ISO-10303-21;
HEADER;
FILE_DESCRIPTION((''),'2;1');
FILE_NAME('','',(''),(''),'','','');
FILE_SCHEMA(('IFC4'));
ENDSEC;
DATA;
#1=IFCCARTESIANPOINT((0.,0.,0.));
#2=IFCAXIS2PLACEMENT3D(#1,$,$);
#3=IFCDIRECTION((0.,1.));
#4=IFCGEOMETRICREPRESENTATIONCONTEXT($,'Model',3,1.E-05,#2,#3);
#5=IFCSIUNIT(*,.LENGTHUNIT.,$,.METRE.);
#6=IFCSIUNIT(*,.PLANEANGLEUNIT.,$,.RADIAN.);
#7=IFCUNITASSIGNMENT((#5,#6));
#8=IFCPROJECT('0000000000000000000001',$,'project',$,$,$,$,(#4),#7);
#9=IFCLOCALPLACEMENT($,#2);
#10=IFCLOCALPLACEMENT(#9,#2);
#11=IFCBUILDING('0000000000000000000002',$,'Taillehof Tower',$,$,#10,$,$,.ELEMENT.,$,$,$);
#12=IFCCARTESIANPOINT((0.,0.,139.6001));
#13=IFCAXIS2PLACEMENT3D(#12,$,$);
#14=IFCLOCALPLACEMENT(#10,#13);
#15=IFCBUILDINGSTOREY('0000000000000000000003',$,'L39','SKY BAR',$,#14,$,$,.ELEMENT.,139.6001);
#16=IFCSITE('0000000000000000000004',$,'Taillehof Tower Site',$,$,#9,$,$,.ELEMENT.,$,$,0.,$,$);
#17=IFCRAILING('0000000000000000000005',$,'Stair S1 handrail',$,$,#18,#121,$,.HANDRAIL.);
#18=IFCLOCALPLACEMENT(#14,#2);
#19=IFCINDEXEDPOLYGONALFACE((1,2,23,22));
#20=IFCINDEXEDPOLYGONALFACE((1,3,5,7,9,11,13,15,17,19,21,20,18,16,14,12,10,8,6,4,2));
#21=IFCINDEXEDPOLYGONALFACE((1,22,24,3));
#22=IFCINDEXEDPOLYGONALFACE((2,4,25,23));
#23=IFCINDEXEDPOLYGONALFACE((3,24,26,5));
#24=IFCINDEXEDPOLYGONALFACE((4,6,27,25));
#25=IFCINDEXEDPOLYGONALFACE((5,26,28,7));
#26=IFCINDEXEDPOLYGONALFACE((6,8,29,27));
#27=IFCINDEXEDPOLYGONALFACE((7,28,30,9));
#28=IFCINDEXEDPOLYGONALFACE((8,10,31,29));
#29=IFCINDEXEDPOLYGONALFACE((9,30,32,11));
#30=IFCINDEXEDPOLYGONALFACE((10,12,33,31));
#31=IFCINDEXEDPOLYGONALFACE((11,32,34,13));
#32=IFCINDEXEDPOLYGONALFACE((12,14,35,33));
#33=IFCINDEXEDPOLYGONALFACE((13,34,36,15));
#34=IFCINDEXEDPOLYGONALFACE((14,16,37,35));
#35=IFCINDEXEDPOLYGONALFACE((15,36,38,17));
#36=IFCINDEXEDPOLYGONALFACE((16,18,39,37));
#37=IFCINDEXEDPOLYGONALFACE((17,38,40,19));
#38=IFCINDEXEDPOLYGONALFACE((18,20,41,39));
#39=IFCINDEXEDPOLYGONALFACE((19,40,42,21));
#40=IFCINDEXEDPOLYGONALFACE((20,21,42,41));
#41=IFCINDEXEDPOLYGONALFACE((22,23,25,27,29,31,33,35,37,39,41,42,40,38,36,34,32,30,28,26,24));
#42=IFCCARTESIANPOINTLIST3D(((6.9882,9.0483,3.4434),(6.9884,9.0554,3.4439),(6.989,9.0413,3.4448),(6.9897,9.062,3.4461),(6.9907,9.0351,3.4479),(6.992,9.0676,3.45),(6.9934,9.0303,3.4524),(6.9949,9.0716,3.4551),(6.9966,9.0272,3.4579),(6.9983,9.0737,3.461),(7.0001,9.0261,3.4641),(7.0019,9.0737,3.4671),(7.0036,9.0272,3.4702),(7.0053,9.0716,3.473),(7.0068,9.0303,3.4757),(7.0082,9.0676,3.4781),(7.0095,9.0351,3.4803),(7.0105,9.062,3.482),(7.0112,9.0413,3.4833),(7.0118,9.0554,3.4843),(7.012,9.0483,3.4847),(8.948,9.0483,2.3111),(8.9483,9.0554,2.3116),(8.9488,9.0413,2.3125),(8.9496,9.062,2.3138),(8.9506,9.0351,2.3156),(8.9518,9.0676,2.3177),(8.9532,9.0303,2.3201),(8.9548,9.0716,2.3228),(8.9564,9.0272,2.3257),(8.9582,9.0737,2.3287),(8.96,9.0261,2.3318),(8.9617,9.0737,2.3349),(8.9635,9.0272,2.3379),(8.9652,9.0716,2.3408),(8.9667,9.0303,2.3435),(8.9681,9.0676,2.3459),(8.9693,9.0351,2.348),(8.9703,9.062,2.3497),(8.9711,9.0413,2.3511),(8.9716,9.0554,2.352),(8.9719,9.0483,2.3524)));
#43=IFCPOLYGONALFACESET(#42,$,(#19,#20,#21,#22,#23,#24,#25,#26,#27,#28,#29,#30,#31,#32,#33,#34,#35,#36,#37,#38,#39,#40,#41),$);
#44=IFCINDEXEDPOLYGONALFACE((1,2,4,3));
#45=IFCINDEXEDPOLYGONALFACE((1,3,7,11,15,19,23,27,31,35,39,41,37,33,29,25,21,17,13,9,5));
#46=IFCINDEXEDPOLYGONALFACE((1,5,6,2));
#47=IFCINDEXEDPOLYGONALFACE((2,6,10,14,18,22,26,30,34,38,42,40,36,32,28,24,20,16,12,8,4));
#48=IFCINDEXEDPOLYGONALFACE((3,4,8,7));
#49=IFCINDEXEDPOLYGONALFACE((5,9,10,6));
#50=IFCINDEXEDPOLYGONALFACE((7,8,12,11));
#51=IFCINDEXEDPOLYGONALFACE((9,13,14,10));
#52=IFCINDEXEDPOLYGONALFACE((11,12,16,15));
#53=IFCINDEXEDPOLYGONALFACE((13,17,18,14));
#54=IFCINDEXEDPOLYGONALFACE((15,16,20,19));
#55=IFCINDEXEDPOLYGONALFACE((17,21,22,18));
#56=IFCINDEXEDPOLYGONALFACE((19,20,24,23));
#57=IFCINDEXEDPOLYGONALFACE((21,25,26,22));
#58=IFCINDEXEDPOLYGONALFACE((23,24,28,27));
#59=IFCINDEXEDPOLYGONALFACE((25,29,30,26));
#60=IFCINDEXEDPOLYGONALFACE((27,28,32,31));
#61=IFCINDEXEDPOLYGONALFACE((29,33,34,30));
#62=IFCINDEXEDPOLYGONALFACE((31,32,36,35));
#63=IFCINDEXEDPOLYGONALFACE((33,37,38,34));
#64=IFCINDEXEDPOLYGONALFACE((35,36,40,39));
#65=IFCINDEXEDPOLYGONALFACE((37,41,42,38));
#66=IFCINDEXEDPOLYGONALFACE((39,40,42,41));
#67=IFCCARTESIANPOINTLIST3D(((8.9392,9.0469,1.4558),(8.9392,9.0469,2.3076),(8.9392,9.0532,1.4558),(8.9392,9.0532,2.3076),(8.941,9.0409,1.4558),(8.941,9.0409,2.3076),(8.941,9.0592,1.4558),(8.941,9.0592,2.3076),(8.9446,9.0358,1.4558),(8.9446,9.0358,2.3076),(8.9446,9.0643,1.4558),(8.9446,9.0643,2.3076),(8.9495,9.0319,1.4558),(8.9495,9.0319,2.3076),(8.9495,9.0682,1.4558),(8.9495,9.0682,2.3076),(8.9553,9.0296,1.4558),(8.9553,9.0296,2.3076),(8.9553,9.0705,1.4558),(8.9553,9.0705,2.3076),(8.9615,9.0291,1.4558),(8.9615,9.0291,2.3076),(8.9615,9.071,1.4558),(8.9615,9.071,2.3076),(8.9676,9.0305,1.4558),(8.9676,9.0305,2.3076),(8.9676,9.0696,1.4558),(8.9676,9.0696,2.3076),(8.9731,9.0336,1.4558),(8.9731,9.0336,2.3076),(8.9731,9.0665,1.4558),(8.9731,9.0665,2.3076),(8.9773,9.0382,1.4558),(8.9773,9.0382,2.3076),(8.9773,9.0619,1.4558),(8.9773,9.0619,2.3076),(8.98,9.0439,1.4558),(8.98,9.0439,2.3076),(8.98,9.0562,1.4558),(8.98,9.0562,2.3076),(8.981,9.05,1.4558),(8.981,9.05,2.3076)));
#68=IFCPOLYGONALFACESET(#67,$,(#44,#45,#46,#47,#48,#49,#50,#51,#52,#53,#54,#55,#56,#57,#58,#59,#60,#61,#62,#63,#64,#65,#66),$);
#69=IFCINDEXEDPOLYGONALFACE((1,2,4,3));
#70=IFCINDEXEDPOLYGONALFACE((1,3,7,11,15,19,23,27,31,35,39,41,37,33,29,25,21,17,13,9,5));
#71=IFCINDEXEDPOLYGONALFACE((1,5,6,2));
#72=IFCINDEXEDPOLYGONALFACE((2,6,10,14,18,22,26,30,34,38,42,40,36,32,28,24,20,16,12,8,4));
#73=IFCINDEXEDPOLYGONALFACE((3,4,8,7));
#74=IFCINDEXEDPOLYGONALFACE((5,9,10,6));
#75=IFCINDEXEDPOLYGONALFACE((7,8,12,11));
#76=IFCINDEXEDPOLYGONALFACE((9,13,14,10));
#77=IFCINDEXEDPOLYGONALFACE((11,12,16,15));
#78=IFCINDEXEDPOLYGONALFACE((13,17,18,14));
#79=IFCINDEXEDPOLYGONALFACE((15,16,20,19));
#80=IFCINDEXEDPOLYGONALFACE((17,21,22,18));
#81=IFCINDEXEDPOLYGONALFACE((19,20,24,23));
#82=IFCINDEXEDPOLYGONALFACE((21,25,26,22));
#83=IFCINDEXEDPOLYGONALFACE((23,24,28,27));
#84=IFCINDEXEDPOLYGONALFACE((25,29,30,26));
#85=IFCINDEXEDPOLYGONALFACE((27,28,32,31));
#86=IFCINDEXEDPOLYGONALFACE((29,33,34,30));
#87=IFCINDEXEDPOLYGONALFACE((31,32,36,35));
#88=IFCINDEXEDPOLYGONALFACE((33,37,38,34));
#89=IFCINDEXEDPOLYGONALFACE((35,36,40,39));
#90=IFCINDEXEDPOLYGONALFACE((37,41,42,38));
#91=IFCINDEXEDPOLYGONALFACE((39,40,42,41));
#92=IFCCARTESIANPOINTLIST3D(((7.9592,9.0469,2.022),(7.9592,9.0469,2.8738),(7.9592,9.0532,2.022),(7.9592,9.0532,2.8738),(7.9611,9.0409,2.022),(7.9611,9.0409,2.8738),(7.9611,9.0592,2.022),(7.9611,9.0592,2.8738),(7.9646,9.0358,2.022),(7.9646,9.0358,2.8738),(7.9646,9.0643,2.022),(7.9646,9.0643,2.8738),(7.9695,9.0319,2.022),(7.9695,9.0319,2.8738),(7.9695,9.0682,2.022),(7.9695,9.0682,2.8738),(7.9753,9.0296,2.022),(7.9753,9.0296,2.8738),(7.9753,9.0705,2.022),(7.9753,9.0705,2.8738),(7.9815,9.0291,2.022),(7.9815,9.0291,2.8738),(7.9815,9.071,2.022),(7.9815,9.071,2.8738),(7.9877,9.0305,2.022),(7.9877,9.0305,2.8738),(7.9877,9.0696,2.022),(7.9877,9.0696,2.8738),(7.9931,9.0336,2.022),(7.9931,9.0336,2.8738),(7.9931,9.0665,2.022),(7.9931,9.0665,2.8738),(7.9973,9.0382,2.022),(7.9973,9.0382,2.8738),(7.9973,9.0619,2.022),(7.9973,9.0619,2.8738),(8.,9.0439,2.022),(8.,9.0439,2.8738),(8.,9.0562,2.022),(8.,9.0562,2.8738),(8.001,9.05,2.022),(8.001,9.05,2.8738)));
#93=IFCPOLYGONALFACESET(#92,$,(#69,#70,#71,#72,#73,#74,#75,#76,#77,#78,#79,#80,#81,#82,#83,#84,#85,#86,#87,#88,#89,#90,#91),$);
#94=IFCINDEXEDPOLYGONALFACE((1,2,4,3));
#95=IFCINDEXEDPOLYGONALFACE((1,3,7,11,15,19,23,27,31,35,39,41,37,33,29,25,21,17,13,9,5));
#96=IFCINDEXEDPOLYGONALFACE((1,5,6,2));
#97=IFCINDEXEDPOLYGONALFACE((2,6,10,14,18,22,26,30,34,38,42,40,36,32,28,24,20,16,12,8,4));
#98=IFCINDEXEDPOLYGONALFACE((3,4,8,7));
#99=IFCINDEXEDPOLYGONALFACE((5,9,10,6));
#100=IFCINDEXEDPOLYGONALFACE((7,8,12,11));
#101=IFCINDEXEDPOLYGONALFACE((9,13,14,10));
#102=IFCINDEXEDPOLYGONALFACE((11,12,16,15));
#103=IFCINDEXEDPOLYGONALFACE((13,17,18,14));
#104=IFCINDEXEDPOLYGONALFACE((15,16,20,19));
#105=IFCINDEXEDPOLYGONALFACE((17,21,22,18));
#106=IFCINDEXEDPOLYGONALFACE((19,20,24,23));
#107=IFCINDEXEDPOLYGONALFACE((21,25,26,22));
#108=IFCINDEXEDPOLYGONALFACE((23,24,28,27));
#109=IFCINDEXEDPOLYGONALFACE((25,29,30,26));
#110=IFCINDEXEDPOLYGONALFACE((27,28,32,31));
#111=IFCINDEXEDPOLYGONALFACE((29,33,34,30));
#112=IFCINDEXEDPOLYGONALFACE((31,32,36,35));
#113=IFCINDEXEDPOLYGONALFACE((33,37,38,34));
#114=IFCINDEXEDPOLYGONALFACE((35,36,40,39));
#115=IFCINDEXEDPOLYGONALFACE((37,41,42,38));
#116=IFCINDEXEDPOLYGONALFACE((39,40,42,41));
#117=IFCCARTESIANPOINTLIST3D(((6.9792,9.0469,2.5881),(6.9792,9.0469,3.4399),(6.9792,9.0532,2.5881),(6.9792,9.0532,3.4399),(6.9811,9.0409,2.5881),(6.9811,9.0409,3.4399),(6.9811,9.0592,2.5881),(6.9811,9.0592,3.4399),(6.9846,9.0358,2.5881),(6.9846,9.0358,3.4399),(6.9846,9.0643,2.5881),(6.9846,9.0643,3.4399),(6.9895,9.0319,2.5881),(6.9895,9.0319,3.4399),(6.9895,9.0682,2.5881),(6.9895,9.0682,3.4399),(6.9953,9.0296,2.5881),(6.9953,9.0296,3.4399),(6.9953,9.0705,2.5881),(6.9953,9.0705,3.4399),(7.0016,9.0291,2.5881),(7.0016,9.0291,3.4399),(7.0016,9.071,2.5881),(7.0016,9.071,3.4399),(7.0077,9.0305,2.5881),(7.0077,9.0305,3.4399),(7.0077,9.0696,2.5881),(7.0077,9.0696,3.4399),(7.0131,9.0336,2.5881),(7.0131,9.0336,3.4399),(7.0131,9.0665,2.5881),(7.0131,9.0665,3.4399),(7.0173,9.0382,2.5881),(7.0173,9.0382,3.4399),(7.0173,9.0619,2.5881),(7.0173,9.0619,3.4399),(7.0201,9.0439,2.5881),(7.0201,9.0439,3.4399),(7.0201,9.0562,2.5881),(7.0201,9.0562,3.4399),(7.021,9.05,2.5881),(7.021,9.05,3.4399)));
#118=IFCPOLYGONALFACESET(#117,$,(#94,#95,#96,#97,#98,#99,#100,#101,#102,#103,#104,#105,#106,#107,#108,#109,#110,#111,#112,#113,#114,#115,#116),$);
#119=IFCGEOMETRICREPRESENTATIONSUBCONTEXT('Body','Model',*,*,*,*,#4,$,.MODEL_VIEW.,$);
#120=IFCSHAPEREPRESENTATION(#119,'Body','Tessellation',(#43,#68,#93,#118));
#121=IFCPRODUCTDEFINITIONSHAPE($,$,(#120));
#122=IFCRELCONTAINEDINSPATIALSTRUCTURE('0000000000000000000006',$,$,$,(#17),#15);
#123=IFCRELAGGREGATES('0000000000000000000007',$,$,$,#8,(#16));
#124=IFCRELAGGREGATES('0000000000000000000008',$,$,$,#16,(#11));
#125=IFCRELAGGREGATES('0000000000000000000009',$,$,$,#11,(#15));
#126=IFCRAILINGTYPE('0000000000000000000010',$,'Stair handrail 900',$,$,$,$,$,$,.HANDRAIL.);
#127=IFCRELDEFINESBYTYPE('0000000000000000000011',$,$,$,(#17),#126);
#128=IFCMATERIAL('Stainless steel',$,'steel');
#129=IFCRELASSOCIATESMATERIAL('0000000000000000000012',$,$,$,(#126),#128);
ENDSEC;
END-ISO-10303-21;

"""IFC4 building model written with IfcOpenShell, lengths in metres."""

from ifc_helpers import new_model, si_unit, direction, frame, origin, origin_2d, place, context, subcontext, project, spatial, circle, extrude, material, type_object, element, save


model = new_model("IFC4")

# Units and contexts
model_context = context("Model", 3, precision=1e-05, world=origin(), true_north=direction((0.0, 1.0)))
body_context = subcontext(model_context, "Body", "Model", "MODEL_VIEW")
ifc_project = project(units=[si_unit("LENGTHUNIT", "METRE"), si_unit("PLANEANGLEUNIT", "RADIAN")], contexts=[model_context])

# Site, building, storey
site_placement = place(None, origin())
site = spatial("IfcSite", under=ifc_project, at=site_placement, Name="Taillehof Tower Site", CompositionType="ELEMENT", RefElevation=0.0)
building_placement = place(site_placement, origin())
building = spatial("IfcBuilding", under=site, at=building_placement, Name="Taillehof Tower", CompositionType="ELEMENT")
storey_placement = place(building_placement, frame((0.0, 0.0, 139.6001)))
storey = spatial("IfcBuildingStorey", under=building, at=storey_placement, Name="L39", Description="SKY BAR", CompositionType="ELEMENT", Elevation=139.6001)

# Railing
ifc_material_1 = material(Name="Stainless steel", Category="steel")
railing_type = type_object("IfcRailingType", Name="Stair handrail 900", PredefinedType="HANDRAIL", material=ifc_material_1)
railing_1_placement = place(storey_placement, frame((8.96, 9.05, 1.4558)))
element("IfcRailing", 1, at=railing_1_placement, inside=storey, type_object=railing_type, Name="Stair S1 handrail", PredefinedType="HANDRAIL", context=body_context, shape_type="SweptSolid", body=[
    extrude(circle(Radius=0.0239, at=origin_2d()), frame((0.0, 0.0, 0.876), z_axis=(-0.865884, 0.0, 0.500245), x_axis=(0.0, -1.0, 0.0)), (0.0, 0.0, 1.0), 2.2634),
    extrude(circle(Radius=0.021, at=origin_2d()), origin(), (0.0, 0.0, 1.0), 0.8518),
    extrude(circle(Radius=0.021, at=origin_2d()), frame((-0.98, 0.0, 0.5662)), (0.0, 0.0, 1.0), 0.8518),
    extrude(circle(Radius=0.021, at=origin_2d()), frame((-1.96, 0.0, 1.1323)), (0.0, 0.0, 1.0), 0.8518),
])

save(model, "model.ifc")
